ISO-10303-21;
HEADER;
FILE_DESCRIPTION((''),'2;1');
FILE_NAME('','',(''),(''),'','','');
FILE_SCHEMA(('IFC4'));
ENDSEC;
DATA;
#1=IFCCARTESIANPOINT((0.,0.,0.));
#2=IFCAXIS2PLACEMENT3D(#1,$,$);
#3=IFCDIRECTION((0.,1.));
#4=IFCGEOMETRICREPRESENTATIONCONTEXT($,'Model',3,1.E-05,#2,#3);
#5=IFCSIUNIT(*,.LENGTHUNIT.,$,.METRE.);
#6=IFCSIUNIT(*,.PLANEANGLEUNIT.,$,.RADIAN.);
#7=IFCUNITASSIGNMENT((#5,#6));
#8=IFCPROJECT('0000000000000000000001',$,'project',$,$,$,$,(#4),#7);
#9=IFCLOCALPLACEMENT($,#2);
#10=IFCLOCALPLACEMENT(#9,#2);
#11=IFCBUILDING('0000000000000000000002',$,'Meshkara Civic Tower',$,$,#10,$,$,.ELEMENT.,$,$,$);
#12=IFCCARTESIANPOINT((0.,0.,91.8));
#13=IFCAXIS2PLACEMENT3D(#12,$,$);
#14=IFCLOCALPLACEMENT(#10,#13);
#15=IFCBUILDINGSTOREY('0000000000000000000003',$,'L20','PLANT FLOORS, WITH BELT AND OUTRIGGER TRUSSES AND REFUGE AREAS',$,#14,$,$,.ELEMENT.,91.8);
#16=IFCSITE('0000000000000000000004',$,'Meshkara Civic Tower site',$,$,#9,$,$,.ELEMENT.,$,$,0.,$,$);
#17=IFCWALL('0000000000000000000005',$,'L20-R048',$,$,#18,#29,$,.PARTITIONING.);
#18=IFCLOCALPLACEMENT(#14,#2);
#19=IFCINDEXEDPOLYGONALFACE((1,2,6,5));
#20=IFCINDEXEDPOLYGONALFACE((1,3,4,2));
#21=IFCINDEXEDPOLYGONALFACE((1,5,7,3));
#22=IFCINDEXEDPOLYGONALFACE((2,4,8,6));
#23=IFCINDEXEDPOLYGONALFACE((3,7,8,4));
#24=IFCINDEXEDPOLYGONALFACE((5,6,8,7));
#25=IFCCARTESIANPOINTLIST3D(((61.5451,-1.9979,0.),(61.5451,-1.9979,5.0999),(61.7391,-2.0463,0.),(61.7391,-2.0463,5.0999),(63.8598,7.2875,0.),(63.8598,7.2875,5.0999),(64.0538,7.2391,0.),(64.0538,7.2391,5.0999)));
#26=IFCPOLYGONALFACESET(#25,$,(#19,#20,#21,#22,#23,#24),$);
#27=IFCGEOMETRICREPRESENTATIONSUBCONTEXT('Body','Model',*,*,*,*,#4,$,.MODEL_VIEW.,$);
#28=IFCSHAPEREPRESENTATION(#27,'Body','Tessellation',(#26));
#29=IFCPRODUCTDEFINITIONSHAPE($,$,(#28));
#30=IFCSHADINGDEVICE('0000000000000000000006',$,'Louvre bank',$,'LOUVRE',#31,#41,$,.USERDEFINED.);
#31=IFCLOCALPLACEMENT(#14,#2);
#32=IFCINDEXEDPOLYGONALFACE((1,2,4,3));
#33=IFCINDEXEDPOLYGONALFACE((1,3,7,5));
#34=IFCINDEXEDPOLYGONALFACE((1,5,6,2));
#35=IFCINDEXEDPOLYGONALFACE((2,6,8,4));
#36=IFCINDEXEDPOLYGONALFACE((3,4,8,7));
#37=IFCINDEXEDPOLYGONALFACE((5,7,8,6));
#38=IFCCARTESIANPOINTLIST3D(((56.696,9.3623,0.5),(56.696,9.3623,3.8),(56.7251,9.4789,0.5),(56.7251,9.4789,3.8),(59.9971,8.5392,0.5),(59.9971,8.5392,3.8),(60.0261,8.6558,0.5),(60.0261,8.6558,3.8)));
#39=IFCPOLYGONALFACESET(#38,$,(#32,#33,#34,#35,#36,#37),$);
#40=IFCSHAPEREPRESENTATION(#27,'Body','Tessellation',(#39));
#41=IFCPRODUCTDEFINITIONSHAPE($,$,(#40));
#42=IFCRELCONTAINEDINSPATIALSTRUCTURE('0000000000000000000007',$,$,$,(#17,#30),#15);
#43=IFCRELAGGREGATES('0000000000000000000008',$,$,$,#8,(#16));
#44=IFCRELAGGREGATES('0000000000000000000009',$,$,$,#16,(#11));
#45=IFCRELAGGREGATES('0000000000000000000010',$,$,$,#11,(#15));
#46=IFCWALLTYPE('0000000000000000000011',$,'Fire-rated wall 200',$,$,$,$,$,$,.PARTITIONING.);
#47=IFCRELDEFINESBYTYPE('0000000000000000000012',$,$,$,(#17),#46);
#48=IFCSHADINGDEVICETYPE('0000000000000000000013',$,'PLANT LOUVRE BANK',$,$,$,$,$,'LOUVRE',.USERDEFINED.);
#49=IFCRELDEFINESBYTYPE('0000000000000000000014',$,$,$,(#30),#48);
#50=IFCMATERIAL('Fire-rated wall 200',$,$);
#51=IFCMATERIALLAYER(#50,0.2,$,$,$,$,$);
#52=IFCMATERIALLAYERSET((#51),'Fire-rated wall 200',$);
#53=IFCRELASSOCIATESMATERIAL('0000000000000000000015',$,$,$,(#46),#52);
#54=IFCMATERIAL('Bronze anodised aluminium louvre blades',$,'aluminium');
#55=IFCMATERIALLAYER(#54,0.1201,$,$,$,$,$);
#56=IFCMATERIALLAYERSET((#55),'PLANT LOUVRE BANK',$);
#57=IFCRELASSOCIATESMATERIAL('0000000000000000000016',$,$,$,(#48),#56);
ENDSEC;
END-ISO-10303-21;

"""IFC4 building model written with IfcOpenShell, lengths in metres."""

from ifc_helpers import new_model, si_unit, direction, frame, frame_2d, origin, origin_2d, place, context, subcontext, project, spatial, rectangle, extrude, material, layer, layer_set, type_object, element, save


model = new_model("IFC4")

# Units and contexts
model_context = context("Model", 3, precision=1e-05, world=origin(), true_north=direction((0.0, 1.0)))
body_context = subcontext(model_context, "Body", "Model", "MODEL_VIEW")
ifc_project = project(units=[si_unit("LENGTHUNIT", "METRE"), si_unit("PLANEANGLEUNIT", "RADIAN")], contexts=[model_context])

# Site, building, storey
site_placement = place(None, origin())
site = spatial("IfcSite", under=ifc_project, at=site_placement, Name="Meshkara Civic Tower site", CompositionType="ELEMENT", RefElevation=0.0)
building_placement = place(site_placement, origin())
building = spatial("IfcBuilding", under=site, at=building_placement, Name="Meshkara Civic Tower", CompositionType="ELEMENT")
storey_placement = place(building_placement, frame((0.0, 0.0, 91.8)))
storey = spatial("IfcBuildingStorey", under=building, at=storey_placement, Name="L20", Description="PLANT FLOORS, WITH BELT AND OUTRIGGER TRUSSES AND REFUGE AREAS", CompositionType="ELEMENT", Elevation=91.8)

# Shared definitions
ifc_material_1 = material(Name="Fire-rated wall 200")
ifc_layer_1 = layer(ifc_material_1, 0.2)
ifc_layer_set_1 = layer_set([ifc_layer_1], Name="Fire-rated wall 200")
wall_type_1 = type_object("IfcWallType", Name="Fire-rated wall 200", PredefinedType="PARTITIONING", material=ifc_layer_set_1)

# Wall
wall_1_placement = place(storey_placement, frame((61.6421, -2.022, 0.0), z_axis=(0.0, 0.0, 1.0), x_axis=(0.241881, 0.970306, 0.0)))
element("IfcWall", 1, at=wall_1_placement, inside=storey, type_object=wall_type_1, Name="L20-R048", PredefinedType="PARTITIONING", context=body_context, shape_type="SweptSolid", body=[
    extrude(rectangle(XDim=9.5696, YDim=0.2, at=frame_2d((4.7847, 0.0))), origin(), (0.0, 0.0, 1.0), 5.0999),
])

# Shading device
ifc_material_2 = material(Name="Bronze anodised aluminium louvre blades", Category="aluminium")
ifc_layer_2 = layer(ifc_material_2, 0.1201)
ifc_layer_set_2 = layer_set([ifc_layer_2], Name="PLANT LOUVRE BANK")
shading_device_type = type_object("IfcShadingDeviceType", Name="PLANT LOUVRE BANK", ElementType="LOUVRE", PredefinedType="USERDEFINED", material=ifc_layer_set_2)
shading_device_placement = place(storey_placement, frame((58.3611, 9.009, 0.5), z_axis=(0.0, 0.0, 1.0), x_axis=(-0.970292, 0.241939, 0.0)))
element("IfcShadingDevice", 2, at=shading_device_placement, inside=storey, type_object=shading_device_type, Name="Louvre bank", ObjectType="LOUVRE", PredefinedType="USERDEFINED", context=body_context, shape_type="SweptSolid", body=[
    extrude(rectangle(XDim=3.4021, YDim=0.1201, at=origin_2d()), origin(), (0.0, 0.0, 1.0), 3.3),
])

save(model, "model.ifc")
